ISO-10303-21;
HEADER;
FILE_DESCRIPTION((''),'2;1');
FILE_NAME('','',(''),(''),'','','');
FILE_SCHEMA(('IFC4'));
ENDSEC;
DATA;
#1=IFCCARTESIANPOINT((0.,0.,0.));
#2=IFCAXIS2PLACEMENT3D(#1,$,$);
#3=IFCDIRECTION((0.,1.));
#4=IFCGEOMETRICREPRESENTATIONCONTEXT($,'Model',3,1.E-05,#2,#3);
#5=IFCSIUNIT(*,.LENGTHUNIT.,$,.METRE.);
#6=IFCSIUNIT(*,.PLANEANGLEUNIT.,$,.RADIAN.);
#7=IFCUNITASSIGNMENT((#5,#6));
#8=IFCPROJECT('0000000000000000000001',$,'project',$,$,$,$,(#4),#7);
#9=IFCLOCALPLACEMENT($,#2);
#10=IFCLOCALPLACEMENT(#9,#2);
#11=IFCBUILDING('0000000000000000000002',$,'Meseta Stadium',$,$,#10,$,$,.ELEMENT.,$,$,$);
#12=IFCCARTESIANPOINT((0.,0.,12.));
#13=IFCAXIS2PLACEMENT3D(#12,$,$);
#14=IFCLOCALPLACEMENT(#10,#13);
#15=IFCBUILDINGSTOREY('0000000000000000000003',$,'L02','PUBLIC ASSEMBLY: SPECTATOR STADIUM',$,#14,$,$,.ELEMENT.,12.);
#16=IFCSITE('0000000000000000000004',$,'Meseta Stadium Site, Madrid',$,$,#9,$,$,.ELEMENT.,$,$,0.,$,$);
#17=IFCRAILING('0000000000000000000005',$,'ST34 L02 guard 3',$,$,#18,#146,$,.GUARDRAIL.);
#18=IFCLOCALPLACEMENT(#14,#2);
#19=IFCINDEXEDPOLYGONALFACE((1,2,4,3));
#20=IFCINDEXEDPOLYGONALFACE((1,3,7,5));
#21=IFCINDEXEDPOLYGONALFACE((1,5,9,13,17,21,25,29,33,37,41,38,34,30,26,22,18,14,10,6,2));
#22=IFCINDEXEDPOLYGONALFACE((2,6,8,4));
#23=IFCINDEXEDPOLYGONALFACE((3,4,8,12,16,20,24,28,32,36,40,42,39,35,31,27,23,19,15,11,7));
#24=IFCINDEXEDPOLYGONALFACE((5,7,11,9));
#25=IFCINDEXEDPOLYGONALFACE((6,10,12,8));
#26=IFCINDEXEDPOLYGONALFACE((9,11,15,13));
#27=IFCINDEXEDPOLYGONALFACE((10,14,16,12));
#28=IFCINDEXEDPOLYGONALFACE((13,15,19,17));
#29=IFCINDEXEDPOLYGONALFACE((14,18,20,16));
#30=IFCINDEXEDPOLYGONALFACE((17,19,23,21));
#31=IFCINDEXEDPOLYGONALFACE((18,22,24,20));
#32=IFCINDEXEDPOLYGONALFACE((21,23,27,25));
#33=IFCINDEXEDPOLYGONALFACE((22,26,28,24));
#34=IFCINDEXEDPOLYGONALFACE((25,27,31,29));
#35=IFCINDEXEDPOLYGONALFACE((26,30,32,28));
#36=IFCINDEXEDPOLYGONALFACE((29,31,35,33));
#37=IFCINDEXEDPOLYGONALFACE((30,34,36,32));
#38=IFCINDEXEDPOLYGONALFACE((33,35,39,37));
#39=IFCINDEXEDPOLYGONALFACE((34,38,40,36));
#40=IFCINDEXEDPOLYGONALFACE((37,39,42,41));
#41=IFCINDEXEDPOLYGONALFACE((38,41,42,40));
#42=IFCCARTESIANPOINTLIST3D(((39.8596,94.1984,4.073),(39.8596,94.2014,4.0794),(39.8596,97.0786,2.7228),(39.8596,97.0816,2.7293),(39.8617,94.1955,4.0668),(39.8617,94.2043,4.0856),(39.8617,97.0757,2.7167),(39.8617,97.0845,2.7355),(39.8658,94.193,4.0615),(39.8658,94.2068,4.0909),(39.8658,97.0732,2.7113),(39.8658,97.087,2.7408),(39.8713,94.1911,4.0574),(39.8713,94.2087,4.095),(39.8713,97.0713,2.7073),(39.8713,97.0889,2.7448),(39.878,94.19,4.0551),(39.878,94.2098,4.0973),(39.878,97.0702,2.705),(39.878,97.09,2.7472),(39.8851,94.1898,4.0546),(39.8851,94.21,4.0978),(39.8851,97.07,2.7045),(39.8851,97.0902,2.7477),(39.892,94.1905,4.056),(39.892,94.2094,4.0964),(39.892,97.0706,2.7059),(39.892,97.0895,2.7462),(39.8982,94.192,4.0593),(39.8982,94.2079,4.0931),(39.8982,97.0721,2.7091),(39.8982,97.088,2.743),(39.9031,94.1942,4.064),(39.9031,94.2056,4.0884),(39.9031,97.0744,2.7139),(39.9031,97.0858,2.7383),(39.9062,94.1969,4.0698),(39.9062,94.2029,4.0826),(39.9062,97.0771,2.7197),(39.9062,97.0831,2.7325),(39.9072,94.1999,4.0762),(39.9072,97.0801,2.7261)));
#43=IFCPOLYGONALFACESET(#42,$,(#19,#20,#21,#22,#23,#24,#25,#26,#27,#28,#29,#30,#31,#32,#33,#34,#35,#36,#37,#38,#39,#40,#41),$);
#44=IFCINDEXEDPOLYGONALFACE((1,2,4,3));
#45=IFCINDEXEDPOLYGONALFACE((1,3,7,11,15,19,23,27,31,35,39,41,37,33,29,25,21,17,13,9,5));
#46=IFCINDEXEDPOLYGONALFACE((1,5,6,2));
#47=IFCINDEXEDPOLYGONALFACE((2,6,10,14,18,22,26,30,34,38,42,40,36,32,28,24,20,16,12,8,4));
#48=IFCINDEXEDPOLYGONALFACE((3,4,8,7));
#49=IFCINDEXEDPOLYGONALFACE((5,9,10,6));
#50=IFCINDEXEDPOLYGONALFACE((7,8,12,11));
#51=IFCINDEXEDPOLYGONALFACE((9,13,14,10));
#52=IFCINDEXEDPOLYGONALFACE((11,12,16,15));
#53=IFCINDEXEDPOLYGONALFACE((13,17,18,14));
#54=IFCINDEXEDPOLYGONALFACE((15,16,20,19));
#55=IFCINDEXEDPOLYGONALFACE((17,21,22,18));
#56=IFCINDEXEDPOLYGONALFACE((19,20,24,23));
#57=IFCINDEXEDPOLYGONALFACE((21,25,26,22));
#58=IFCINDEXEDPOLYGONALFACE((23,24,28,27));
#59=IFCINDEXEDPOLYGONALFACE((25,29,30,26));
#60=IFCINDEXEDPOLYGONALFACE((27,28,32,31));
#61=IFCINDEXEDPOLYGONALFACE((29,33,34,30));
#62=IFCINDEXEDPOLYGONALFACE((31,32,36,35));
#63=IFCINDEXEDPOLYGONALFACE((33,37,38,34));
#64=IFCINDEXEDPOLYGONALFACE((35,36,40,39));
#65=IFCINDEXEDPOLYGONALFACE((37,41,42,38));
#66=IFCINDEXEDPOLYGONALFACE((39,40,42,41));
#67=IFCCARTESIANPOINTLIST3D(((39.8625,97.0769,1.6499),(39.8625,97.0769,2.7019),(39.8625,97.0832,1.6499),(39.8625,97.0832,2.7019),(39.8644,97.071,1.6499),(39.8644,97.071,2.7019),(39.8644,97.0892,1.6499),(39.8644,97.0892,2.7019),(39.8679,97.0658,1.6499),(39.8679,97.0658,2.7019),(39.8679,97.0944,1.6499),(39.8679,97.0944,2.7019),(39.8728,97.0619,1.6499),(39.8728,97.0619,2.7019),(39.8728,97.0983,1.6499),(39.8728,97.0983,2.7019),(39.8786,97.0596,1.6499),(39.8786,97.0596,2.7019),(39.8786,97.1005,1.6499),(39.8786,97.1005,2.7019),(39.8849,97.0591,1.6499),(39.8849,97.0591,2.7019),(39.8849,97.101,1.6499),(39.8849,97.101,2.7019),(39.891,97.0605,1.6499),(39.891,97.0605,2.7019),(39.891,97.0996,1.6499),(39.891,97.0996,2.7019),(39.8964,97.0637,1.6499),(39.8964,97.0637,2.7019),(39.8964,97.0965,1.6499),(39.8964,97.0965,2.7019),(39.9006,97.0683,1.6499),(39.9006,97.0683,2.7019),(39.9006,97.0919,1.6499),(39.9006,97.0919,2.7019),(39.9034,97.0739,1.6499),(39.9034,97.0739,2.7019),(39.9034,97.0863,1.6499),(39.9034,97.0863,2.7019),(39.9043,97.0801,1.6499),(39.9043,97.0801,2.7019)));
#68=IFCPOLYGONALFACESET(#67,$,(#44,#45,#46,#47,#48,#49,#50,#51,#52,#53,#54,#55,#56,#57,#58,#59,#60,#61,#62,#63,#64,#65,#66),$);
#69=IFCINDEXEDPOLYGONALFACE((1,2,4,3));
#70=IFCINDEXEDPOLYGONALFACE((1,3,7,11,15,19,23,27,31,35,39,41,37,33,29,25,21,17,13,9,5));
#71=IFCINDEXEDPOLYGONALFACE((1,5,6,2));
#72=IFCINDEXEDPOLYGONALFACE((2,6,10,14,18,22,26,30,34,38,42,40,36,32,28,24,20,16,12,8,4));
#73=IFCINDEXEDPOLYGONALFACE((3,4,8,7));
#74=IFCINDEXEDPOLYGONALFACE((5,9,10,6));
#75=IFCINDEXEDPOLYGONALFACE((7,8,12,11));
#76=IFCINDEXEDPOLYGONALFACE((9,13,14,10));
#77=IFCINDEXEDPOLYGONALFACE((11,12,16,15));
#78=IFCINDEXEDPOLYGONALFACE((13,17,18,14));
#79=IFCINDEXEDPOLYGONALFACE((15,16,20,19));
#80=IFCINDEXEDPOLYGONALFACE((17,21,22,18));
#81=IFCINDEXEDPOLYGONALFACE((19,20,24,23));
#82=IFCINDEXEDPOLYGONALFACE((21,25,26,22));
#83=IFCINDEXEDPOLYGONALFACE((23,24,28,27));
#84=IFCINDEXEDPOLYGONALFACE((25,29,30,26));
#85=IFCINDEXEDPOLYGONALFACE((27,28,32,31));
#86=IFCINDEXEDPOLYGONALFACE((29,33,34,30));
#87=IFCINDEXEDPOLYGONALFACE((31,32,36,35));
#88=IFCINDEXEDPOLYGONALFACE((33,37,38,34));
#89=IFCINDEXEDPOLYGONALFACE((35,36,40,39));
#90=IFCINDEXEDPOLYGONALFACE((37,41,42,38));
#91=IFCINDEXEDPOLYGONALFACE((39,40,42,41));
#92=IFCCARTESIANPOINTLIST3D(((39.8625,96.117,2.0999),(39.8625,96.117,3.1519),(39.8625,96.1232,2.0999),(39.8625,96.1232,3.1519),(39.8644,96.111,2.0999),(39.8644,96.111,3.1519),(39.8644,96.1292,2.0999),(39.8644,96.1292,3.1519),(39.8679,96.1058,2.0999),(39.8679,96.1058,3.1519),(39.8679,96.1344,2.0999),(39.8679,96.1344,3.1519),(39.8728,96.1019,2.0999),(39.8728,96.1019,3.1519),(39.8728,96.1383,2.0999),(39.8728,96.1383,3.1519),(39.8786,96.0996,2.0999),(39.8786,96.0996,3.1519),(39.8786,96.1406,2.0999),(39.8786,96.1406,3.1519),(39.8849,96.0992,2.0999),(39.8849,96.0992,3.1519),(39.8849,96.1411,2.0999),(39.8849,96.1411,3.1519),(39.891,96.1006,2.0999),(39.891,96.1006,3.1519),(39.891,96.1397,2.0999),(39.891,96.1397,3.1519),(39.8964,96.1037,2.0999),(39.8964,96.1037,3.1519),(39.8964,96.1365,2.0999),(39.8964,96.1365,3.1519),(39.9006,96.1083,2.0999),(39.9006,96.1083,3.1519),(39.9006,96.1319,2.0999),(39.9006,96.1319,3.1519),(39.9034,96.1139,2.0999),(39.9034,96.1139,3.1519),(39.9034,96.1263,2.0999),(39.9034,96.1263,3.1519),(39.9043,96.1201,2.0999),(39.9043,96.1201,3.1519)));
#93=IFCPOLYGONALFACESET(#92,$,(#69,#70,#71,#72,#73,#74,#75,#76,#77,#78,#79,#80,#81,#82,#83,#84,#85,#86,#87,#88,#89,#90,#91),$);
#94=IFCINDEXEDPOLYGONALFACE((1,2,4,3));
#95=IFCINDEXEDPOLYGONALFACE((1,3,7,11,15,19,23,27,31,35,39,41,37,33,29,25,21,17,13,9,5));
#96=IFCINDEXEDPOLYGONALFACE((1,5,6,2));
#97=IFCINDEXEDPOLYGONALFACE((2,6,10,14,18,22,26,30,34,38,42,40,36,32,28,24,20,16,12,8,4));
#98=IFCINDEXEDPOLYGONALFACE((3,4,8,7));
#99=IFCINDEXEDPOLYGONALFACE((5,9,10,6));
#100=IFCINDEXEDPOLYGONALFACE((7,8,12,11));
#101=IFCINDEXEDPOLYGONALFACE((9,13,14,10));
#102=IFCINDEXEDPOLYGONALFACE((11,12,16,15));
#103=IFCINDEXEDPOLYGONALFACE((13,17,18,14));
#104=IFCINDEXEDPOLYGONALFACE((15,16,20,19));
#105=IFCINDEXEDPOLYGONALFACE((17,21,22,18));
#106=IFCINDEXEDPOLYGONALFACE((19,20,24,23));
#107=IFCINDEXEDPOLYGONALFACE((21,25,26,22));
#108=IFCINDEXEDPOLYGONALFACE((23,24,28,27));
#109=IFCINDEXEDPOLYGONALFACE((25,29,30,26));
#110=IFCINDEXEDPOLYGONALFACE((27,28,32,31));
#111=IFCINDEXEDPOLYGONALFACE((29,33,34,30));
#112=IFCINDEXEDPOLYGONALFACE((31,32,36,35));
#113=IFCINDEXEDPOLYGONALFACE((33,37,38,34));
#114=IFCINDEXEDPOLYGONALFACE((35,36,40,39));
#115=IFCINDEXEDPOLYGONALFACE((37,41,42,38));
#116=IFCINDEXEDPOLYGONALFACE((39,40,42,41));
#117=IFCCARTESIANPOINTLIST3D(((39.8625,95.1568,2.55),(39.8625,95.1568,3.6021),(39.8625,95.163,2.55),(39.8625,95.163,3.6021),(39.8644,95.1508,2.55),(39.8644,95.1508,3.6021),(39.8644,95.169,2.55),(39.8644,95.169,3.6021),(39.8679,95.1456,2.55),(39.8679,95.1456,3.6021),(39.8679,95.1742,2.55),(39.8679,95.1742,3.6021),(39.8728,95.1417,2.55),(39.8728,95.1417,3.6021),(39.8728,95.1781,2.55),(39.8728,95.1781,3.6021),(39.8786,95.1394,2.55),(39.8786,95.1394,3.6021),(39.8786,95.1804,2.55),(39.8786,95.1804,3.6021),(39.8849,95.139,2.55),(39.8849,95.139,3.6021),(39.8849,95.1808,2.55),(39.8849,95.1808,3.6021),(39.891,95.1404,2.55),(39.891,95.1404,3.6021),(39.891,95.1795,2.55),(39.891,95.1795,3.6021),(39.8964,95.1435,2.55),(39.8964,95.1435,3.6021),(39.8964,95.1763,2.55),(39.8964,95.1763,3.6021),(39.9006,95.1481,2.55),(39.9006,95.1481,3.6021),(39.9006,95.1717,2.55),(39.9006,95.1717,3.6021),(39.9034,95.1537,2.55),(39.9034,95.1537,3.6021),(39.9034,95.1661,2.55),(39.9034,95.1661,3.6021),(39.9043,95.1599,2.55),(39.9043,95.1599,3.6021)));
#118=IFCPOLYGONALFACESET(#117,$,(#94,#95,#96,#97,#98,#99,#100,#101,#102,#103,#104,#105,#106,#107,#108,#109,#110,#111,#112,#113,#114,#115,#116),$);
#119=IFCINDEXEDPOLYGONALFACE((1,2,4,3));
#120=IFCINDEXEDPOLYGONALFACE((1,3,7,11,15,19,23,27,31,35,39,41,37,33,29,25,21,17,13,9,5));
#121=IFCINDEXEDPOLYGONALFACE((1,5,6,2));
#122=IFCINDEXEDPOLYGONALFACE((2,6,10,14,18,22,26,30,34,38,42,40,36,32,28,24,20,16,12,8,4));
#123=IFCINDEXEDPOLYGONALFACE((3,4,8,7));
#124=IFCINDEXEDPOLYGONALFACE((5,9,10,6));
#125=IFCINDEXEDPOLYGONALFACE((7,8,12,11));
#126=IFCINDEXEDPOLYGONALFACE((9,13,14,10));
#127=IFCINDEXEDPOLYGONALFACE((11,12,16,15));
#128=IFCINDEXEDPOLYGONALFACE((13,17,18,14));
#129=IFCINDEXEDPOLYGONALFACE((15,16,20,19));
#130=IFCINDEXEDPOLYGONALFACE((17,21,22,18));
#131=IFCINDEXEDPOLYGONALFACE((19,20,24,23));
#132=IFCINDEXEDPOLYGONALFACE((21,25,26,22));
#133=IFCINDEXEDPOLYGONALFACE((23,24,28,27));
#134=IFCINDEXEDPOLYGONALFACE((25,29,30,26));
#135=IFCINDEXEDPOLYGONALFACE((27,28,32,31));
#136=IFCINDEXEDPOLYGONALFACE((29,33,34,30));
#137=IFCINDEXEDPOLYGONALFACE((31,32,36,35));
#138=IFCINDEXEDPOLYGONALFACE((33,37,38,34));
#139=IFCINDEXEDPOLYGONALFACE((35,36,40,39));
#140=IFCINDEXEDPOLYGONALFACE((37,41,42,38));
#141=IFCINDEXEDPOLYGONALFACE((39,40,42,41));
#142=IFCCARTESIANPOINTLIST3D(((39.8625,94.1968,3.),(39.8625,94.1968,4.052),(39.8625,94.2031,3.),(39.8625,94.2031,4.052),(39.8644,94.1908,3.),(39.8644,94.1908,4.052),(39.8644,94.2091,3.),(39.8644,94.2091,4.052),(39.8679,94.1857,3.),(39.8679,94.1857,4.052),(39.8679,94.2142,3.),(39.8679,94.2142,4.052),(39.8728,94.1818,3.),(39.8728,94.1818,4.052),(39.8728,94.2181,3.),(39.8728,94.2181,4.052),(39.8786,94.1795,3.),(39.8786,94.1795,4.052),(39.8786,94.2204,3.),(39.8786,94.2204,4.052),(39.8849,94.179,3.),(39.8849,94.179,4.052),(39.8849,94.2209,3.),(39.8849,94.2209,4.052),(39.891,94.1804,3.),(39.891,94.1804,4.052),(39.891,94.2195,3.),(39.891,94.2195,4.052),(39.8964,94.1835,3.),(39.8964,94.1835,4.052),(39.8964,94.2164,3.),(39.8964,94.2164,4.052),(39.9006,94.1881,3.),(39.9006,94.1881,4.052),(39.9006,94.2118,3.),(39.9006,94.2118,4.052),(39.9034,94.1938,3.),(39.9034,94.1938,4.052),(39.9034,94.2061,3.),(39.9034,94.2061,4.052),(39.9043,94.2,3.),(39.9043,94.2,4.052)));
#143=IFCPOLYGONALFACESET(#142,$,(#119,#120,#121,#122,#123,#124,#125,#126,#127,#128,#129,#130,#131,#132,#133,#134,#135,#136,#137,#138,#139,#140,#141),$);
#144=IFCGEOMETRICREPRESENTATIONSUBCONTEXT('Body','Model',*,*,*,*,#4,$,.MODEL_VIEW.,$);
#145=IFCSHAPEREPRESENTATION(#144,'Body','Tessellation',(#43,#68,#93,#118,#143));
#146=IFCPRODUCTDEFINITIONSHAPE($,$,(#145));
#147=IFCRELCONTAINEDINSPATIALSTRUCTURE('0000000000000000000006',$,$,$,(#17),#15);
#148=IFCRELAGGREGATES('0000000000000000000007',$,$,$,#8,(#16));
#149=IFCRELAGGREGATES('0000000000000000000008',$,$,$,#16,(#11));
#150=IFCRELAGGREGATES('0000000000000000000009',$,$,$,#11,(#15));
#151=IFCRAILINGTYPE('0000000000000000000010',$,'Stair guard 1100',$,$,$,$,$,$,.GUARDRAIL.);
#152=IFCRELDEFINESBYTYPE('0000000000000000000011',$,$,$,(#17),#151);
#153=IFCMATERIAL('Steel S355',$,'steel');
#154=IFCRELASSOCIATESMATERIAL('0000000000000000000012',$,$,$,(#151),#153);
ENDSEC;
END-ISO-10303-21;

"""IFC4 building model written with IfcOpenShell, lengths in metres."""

from ifc_helpers import new_model, si_unit, direction, frame, origin, origin_2d, place, context, subcontext, project, spatial, circle, extrude, material, type_object, element, save


model = new_model("IFC4")

# Units and contexts
model_context = context("Model", 3, precision=1e-05, world=origin(), true_north=direction((0.0, 1.0)))
body_context = subcontext(model_context, "Body", "Model", "MODEL_VIEW")
ifc_project = project(units=[si_unit("LENGTHUNIT", "METRE"), si_unit("PLANEANGLEUNIT", "RADIAN")], contexts=[model_context])

# Site, building, storey
site_placement = place(None, origin())
site = spatial("IfcSite", under=ifc_project, at=site_placement, Name="Meseta Stadium Site, Madrid", CompositionType="ELEMENT", RefElevation=0.0)
building_placement = place(site_placement, origin())
building = spatial("IfcBuilding", under=site, at=building_placement, Name="Meseta Stadium", CompositionType="ELEMENT")
storey_placement = place(building_placement, frame((0.0, 0.0, 12.0)))
storey = spatial("IfcBuildingStorey", under=building, at=storey_placement, Name="L02", Description="PUBLIC ASSEMBLY: SPECTATOR STADIUM", CompositionType="ELEMENT", Elevation=12.0)

# Railing
ifc_material_1 = material(Name="Steel S355", Category="steel")
railing_type_1 = type_object("IfcRailingType", Name="Stair guard 1100", PredefinedType="GUARDRAIL", material=ifc_material_1)
railing_1_placement = place(storey_placement, frame((39.8833, 97.0801, 1.6499)))
element("IfcRailing", 1, at=railing_1_placement, inside=storey, type_object=railing_type_1, Name="ST34 L02 guard 3", PredefinedType="GUARDRAIL", context=body_context, shape_type="SweptSolid", body=[
    extrude(circle(Radius=0.0239, at=origin_2d()), frame((0.0, 0.0, 1.0762), z_axis=(0.0, -0.905454, 0.424444), x_axis=(1.0, 0.0, 0.0)), (0.0, 0.0, 1.0), 3.1809),
    extrude(circle(Radius=0.021, at=origin_2d()), origin(), (0.0, 0.0, 1.0), 1.052),
    extrude(circle(Radius=0.021, at=origin_2d()), frame((0.0, -0.96, 0.45)), (0.0, 0.0, 1.0), 1.052),
    extrude(circle(Radius=0.021, at=origin_2d()), frame((0.0, -1.9202, 0.9001)), (0.0, 0.0, 1.0), 1.052),
    extrude(circle(Radius=0.021, at=origin_2d()), frame((0.0, -2.8801, 1.3501)), (0.0, 0.0, 1.0), 1.052),
])

save(model, "model.ifc")
